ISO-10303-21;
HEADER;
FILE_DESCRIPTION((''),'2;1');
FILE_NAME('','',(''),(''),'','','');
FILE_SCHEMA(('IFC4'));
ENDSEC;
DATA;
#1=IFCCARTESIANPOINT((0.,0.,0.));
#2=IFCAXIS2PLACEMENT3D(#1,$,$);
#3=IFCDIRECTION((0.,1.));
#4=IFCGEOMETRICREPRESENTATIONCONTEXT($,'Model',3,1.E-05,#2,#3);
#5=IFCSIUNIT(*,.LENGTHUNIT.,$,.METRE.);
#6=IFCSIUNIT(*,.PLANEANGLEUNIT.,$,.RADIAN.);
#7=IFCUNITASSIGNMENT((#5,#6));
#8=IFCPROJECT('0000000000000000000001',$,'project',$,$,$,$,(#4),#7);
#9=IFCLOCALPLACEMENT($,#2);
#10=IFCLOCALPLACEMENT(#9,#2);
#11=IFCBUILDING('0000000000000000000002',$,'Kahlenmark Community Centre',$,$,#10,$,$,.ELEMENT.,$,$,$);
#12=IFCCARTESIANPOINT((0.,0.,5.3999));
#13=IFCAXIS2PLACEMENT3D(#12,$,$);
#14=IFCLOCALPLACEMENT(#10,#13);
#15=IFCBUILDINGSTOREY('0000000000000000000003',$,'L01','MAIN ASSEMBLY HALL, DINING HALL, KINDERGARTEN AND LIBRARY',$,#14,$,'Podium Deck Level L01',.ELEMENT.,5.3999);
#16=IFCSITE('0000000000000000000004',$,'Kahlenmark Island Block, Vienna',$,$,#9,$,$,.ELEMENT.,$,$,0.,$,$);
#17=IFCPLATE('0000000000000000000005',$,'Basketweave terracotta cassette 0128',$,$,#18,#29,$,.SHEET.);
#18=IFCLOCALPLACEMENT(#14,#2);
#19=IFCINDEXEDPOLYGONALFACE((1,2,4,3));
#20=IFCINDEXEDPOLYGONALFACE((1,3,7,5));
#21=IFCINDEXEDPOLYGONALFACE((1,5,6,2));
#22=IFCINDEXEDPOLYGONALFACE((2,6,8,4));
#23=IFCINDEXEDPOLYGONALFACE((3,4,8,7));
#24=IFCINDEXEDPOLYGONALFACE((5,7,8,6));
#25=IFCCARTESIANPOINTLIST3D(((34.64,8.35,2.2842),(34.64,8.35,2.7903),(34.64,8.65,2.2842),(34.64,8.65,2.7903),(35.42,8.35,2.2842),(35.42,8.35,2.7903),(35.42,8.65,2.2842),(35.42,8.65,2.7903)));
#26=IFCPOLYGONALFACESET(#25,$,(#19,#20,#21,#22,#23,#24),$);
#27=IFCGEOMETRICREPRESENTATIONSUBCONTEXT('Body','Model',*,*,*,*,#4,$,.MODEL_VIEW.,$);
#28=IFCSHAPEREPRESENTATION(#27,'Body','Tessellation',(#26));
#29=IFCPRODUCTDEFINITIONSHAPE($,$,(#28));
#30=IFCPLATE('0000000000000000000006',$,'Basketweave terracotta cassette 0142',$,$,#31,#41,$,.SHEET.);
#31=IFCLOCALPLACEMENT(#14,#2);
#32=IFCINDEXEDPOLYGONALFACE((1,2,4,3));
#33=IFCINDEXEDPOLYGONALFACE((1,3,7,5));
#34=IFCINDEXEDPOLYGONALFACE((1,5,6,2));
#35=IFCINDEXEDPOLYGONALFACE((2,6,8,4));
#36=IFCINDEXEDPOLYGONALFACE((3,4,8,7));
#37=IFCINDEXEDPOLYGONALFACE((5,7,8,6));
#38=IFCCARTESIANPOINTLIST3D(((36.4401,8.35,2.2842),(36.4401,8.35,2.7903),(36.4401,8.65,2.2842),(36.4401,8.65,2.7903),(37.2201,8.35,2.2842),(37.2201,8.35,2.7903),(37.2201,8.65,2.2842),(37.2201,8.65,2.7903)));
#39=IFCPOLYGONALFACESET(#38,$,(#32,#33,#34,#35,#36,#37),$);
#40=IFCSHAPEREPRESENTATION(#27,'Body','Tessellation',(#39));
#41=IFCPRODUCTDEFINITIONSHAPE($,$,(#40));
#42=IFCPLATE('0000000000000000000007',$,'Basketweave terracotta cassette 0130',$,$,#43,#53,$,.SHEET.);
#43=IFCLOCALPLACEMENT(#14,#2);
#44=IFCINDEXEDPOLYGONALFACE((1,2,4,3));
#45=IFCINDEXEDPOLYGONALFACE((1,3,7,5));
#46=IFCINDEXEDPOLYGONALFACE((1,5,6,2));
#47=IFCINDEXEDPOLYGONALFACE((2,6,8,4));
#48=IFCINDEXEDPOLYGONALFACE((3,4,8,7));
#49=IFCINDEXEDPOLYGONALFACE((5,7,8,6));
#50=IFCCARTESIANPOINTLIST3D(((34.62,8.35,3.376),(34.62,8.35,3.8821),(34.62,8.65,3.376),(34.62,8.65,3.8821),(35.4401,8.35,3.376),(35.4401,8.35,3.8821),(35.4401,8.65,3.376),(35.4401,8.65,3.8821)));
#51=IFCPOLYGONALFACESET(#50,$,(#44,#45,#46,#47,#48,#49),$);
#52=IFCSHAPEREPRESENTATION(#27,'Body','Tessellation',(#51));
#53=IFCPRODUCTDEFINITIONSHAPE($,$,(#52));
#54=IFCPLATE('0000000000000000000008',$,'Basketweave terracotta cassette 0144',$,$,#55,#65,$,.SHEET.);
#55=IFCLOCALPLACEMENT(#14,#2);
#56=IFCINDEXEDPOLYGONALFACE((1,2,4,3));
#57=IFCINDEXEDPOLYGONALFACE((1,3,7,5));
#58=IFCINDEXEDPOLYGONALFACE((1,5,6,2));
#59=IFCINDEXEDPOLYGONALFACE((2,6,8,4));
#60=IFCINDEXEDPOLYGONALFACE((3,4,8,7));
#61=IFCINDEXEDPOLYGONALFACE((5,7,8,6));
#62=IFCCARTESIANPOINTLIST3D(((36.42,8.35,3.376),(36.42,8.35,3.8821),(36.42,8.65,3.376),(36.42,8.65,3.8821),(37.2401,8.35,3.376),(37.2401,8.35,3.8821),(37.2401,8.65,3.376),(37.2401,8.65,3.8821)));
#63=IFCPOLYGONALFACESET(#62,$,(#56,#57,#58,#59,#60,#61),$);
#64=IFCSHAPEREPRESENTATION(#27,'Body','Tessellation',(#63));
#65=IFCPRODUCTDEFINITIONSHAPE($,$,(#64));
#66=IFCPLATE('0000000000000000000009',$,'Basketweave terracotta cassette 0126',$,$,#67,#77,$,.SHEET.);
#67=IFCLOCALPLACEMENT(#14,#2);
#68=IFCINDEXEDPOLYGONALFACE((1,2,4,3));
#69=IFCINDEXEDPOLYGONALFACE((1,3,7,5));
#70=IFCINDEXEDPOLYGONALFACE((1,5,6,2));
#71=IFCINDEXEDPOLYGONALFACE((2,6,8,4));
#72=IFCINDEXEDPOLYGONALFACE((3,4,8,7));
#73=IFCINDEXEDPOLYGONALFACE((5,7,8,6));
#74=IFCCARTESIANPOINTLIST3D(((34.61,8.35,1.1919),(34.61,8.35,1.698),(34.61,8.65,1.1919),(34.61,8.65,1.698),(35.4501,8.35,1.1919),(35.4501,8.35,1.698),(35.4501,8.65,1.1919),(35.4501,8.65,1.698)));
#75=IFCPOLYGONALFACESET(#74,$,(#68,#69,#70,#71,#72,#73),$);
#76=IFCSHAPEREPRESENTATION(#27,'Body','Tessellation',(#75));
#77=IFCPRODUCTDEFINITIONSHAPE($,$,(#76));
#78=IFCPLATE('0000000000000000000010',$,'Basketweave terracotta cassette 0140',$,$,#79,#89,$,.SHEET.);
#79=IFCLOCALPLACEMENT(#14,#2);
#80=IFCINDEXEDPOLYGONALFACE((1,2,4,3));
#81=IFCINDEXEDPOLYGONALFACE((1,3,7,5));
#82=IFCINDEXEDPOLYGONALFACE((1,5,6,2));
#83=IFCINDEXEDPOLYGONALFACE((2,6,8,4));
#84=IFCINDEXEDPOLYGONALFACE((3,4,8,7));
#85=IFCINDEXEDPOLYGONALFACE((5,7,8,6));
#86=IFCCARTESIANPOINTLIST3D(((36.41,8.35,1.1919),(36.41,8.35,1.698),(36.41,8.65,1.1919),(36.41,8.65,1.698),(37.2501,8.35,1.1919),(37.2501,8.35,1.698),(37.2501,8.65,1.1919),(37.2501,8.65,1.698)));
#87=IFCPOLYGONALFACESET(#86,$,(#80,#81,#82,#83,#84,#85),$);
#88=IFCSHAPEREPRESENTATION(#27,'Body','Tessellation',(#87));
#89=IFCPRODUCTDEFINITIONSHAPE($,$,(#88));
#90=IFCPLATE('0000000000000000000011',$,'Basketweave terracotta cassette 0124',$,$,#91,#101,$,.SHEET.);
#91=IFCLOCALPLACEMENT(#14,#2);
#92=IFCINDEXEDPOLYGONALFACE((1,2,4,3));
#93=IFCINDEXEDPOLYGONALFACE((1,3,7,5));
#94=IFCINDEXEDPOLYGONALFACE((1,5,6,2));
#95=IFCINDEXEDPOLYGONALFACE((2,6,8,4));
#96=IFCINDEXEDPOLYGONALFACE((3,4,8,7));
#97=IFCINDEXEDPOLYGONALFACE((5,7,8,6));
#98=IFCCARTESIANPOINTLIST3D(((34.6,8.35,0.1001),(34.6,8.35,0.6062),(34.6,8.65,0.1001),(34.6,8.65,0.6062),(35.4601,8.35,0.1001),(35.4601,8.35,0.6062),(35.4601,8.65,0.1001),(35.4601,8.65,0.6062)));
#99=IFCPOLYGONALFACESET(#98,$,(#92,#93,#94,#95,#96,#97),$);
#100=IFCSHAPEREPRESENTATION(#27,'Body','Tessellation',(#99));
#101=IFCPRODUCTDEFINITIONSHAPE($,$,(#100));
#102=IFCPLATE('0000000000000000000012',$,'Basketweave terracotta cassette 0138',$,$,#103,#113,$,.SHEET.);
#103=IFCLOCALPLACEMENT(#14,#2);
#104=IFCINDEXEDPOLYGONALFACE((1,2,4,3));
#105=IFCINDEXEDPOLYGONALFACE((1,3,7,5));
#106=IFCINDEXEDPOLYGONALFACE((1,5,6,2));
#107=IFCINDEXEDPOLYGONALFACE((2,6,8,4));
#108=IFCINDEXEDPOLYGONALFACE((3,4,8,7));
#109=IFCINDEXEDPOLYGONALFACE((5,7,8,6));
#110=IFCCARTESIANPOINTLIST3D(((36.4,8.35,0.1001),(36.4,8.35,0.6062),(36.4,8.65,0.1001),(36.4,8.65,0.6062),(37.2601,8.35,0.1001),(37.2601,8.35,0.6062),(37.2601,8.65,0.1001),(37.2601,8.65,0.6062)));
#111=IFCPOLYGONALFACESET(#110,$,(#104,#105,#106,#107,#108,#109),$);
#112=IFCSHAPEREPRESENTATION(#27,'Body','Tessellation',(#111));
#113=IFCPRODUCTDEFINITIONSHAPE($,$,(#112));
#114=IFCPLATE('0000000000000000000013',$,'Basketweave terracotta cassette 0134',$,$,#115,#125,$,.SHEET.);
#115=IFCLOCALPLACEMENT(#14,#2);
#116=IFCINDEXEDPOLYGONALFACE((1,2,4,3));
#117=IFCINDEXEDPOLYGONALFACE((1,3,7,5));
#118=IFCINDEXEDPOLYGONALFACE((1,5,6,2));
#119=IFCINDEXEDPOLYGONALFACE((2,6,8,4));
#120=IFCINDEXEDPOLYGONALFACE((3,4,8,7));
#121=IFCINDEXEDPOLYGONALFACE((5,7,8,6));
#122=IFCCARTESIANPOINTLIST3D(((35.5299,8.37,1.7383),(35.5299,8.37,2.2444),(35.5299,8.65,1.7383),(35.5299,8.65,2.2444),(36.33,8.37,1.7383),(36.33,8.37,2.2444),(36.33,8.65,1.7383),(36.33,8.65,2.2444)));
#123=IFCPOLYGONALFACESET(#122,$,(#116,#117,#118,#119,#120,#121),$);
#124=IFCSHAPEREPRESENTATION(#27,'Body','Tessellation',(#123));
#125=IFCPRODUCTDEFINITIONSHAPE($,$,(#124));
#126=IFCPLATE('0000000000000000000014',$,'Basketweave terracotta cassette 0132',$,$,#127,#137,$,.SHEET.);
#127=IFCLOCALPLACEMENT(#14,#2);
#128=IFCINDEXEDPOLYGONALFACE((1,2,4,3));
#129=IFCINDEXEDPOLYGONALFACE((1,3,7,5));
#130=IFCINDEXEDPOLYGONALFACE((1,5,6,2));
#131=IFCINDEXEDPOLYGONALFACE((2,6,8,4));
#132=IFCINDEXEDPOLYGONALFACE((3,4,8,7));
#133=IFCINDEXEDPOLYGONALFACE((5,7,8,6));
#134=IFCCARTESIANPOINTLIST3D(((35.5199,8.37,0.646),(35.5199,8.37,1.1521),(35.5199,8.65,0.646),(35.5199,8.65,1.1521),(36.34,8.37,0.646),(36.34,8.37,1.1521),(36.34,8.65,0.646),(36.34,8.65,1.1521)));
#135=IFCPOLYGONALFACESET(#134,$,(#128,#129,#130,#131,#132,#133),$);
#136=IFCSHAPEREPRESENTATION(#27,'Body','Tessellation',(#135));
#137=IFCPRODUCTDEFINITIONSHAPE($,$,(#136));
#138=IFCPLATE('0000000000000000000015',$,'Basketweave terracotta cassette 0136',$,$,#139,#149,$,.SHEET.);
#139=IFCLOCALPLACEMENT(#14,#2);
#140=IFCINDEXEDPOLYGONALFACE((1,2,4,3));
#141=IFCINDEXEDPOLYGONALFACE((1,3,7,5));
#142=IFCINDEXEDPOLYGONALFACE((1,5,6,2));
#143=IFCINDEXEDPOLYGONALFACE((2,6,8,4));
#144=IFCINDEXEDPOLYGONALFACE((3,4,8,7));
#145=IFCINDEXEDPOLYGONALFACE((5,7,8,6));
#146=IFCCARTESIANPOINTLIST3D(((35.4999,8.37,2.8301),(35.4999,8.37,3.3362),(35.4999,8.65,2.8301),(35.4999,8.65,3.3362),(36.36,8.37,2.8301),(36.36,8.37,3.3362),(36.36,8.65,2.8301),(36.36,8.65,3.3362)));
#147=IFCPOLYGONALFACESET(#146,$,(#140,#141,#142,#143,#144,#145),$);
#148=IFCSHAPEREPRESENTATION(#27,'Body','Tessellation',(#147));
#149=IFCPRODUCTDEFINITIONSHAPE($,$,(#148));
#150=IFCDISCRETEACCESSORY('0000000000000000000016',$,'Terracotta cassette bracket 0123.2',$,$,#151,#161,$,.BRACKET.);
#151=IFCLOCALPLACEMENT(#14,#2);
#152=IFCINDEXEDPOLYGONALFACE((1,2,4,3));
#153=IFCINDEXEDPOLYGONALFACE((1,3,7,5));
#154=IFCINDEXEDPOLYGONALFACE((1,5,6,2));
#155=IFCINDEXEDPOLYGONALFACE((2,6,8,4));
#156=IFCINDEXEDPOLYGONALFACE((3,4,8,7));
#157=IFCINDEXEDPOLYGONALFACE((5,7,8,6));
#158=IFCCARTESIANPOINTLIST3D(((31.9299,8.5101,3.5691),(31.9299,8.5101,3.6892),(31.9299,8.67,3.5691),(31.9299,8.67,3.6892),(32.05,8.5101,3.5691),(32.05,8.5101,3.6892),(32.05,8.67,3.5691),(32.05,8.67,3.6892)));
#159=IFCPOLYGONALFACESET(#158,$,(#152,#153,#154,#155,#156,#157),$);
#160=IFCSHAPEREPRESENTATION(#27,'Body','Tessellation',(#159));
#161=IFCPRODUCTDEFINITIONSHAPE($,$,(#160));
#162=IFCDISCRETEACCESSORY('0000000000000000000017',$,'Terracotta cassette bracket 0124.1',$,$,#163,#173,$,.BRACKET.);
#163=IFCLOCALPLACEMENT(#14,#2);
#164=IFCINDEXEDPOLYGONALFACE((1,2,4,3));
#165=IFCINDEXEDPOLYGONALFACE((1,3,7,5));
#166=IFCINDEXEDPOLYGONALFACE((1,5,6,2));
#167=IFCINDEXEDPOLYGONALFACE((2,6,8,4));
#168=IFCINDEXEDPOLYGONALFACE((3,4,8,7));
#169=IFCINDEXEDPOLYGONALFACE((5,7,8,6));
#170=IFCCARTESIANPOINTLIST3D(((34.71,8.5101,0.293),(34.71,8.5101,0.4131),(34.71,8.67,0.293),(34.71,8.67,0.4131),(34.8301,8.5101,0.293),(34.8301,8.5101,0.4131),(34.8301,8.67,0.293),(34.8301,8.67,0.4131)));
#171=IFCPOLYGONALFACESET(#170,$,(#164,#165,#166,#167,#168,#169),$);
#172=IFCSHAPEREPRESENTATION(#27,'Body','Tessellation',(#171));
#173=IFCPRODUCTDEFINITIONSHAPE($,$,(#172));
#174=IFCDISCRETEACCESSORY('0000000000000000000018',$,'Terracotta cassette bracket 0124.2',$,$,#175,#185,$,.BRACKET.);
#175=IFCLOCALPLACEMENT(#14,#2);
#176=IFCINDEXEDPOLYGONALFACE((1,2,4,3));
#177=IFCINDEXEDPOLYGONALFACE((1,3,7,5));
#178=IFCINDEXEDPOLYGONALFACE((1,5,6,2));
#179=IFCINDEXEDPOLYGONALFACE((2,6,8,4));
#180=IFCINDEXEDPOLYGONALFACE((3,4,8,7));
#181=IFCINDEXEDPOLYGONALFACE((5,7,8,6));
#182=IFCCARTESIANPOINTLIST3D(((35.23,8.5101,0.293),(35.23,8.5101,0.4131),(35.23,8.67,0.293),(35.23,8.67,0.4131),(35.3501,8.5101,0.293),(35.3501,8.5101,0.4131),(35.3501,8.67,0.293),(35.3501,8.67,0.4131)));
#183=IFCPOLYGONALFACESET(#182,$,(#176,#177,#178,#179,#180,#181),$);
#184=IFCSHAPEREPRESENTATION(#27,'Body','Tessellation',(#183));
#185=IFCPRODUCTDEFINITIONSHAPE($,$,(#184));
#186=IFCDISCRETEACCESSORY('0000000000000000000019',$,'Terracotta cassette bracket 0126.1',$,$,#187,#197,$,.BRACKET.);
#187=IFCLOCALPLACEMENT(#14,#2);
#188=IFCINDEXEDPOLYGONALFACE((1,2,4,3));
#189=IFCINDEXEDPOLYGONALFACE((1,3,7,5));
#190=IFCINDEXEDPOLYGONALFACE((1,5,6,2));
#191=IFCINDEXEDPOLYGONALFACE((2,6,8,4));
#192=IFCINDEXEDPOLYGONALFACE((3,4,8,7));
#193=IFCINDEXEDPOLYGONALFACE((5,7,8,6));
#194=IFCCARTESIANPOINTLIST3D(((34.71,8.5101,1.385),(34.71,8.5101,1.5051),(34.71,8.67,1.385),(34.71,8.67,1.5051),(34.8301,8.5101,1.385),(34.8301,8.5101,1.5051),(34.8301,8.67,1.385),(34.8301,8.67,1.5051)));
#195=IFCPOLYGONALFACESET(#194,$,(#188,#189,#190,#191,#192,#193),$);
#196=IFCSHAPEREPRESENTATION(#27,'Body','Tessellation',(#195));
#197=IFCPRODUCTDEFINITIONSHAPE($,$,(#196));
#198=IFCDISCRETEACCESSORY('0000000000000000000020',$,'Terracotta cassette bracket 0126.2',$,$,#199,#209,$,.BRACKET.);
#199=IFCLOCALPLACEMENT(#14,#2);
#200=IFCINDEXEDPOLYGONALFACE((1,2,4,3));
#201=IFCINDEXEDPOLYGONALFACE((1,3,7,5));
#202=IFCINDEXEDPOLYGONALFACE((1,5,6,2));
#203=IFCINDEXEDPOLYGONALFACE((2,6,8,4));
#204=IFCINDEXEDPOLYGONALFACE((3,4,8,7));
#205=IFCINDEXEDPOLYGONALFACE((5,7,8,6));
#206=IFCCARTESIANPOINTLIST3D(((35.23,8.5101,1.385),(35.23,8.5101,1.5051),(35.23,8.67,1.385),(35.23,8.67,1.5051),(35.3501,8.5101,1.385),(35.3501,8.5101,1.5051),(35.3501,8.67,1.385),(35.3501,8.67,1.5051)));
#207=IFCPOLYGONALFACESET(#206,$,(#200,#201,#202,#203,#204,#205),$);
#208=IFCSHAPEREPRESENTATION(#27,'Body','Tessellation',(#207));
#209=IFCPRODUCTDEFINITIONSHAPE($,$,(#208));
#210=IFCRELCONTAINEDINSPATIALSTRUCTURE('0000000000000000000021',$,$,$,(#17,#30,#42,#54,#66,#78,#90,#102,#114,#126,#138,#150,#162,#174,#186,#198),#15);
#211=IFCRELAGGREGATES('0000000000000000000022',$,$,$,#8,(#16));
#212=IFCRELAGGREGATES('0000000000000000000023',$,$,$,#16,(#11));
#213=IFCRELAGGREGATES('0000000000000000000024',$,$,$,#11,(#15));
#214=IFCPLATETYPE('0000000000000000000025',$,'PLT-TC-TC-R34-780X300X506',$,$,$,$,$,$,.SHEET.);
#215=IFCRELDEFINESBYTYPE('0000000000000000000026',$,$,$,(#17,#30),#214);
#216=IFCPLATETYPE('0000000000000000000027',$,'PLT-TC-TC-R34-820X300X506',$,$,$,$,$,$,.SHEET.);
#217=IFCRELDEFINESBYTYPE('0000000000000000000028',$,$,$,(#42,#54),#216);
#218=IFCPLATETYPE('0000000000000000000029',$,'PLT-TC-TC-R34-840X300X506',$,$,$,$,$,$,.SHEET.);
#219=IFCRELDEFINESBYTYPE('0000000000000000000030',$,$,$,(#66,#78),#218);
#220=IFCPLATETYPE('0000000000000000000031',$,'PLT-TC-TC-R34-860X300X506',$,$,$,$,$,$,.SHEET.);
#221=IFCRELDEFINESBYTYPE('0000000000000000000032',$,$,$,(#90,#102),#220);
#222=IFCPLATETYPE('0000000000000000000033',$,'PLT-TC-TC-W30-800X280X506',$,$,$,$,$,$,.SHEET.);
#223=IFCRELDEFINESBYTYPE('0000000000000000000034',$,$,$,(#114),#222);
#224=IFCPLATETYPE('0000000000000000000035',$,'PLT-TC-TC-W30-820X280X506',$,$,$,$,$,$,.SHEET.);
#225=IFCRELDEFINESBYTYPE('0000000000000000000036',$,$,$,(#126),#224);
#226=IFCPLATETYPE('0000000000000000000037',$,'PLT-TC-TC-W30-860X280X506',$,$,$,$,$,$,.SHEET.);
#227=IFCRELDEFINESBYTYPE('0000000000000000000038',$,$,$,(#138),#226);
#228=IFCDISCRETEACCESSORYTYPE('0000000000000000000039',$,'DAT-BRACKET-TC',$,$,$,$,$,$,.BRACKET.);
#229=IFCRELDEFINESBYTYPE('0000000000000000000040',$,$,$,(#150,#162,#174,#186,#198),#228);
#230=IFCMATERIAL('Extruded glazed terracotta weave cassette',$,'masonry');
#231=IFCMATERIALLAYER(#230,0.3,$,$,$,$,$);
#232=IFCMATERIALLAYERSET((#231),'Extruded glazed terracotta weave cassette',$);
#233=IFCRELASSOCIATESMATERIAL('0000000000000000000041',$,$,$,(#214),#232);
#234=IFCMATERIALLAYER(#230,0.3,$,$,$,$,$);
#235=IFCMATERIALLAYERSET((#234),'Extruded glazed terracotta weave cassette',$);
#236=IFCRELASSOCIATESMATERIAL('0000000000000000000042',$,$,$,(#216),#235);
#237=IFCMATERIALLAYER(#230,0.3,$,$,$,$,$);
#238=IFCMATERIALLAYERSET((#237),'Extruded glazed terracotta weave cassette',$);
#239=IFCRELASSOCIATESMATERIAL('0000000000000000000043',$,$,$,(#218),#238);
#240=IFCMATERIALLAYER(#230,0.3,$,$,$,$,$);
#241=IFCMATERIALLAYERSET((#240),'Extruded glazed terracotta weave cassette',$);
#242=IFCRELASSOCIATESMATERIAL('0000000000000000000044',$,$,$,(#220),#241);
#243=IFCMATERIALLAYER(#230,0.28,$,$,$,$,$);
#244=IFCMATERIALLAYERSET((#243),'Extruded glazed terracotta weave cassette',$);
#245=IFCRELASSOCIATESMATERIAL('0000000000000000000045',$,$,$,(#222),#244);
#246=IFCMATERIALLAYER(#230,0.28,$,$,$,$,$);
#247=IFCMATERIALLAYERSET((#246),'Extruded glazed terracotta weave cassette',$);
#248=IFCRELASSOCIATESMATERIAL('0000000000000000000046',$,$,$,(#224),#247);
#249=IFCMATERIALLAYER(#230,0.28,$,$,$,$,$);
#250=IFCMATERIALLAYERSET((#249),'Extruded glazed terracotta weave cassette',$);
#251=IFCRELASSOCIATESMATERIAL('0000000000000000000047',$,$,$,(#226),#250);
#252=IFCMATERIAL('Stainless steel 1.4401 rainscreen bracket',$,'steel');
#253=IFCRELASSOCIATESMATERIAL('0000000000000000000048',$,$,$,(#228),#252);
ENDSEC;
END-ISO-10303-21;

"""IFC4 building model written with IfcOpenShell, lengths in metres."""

from ifc_helpers import new_model, si_unit, direction, frame, origin, origin_2d, place, context, subcontext, project, spatial, rectangle, extrude, material, layer, layer_set, type_object, element, save


model = new_model("IFC4")

# Units and contexts
model_context = context("Model", 3, precision=1e-05, world=origin(), true_north=direction((0.0, 1.0)))
body_context = subcontext(model_context, "Body", "Model", "MODEL_VIEW")
ifc_project = project(units=[si_unit("LENGTHUNIT", "METRE"), si_unit("PLANEANGLEUNIT", "RADIAN")], contexts=[model_context])

# Site, building, storey
site_placement = place(None, origin())
site = spatial("IfcSite", under=ifc_project, at=site_placement, Name="Kahlenmark Island Block, Vienna", CompositionType="ELEMENT", RefElevation=0.0)
building_placement = place(site_placement, origin())
building = spatial("IfcBuilding", under=site, at=building_placement, Name="Kahlenmark Community Centre", CompositionType="ELEMENT")
storey_placement = place(building_placement, frame((0.0, 0.0, 5.3999)))
storey = spatial("IfcBuildingStorey", under=building, at=storey_placement, Name="L01", Description="MAIN ASSEMBLY HALL, DINING HALL, KINDERGARTEN AND LIBRARY", LongName="Podium Deck Level L01", CompositionType="ELEMENT", Elevation=5.3999)

# Plates
ifc_material_1 = material(Name="Extruded glazed terracotta weave cassette", Category="masonry")
ifc_layer_1 = layer(ifc_material_1, 0.3)
ifc_layer_set_1 = layer_set([ifc_layer_1], Name="Extruded glazed terracotta weave cassette")
plate_type_1 = type_object("IfcPlateType", Name="PLT-TC-TC-R34-780X300X506", PredefinedType="SHEET", material=ifc_layer_set_1)
for number, where, z_axis, x_axis, name in (
    (1, (35.03, 8.5, 2.2842), (0.0, 0.0, 1.0), (1.0, 0.0, 0.0), "Basketweave terracotta cassette 0128"),
    (2, (36.8301, 8.5, 2.2842), (0.0, 0.0, 1.0), (1.0, 0.0, 0.0), "Basketweave terracotta cassette 0142"),
):
    element("IfcPlate", number, at=place(storey_placement, frame(where, z_axis=z_axis, x_axis=x_axis)), inside=storey, type_object=plate_type_1, Name=name, PredefinedType="SHEET", context=body_context, shape_type="SweptSolid", body=[
        extrude(rectangle(XDim=0.78, YDim=0.3, at=origin_2d()), origin(), (0.0, 0.0, 1.0), 0.5061),
    ])
ifc_layer_2 = layer(ifc_material_1, 0.3)
ifc_layer_set_2 = layer_set([ifc_layer_2], Name="Extruded glazed terracotta weave cassette")
plate_type_2 = type_object("IfcPlateType", Name="PLT-TC-TC-R34-820X300X506", PredefinedType="SHEET", material=ifc_layer_set_2)
for number, where, z_axis, x_axis, name in (
    (3, (35.03, 8.5, 3.376), (0.0, 0.0, 1.0), (1.0, 0.0, 0.0), "Basketweave terracotta cassette 0130"),
    (4, (36.8301, 8.5, 3.376), (0.0, 0.0, 1.0), (1.0, 0.0, 0.0), "Basketweave terracotta cassette 0144"),
):
    element("IfcPlate", number, at=place(storey_placement, frame(where, z_axis=z_axis, x_axis=x_axis)), inside=storey, type_object=plate_type_2, Name=name, PredefinedType="SHEET", context=body_context, shape_type="SweptSolid", body=[
        extrude(rectangle(XDim=0.8201, YDim=0.3, at=origin_2d()), origin(), (0.0, 0.0, 1.0), 0.5061),
    ])
ifc_layer_3 = layer(ifc_material_1, 0.3)
ifc_layer_set_3 = layer_set([ifc_layer_3], Name="Extruded glazed terracotta weave cassette")
plate_type_3 = type_object("IfcPlateType", Name="PLT-TC-TC-R34-840X300X506", PredefinedType="SHEET", material=ifc_layer_set_3)
for number, where, z_axis, x_axis, name in (
    (5, (35.03, 8.5, 1.1919), (0.0, 0.0, 1.0), (1.0, 0.0, 0.0), "Basketweave terracotta cassette 0126"),
    (6, (36.8301, 8.5, 1.1919), (0.0, 0.0, 1.0), (1.0, 0.0, 0.0), "Basketweave terracotta cassette 0140"),
):
    element("IfcPlate", number, at=place(storey_placement, frame(where, z_axis=z_axis, x_axis=x_axis)), inside=storey, type_object=plate_type_3, Name=name, PredefinedType="SHEET", context=body_context, shape_type="SweptSolid", body=[
        extrude(rectangle(XDim=0.8401, YDim=0.3, at=origin_2d()), origin(), (0.0, 0.0, 1.0), 0.5061),
    ])
ifc_layer_4 = layer(ifc_material_1, 0.3)
ifc_layer_set_4 = layer_set([ifc_layer_4], Name="Extruded glazed terracotta weave cassette")
plate_type_4 = type_object("IfcPlateType", Name="PLT-TC-TC-R34-860X300X506", PredefinedType="SHEET", material=ifc_layer_set_4)
for number, where, z_axis, x_axis, name in (
    (7, (35.03, 8.5, 0.1001), (0.0, 0.0, 1.0), (1.0, 0.0, 0.0), "Basketweave terracotta cassette 0124"),
    (8, (36.8301, 8.5, 0.1001), (0.0, 0.0, 1.0), (1.0, 0.0, 0.0), "Basketweave terracotta cassette 0138"),
):
    element("IfcPlate", number, at=place(storey_placement, frame(where, z_axis=z_axis, x_axis=x_axis)), inside=storey, type_object=plate_type_4, Name=name, PredefinedType="SHEET", context=body_context, shape_type="SweptSolid", body=[
        extrude(rectangle(XDim=0.8601, YDim=0.3, at=origin_2d()), origin(), (0.0, 0.0, 1.0), 0.5061),
    ])
ifc_layer_5 = layer(ifc_material_1, 0.28)
ifc_layer_set_5 = layer_set([ifc_layer_5], Name="Extruded glazed terracotta weave cassette")
plate_type_5 = type_object("IfcPlateType", Name="PLT-TC-TC-W30-800X280X506", PredefinedType="SHEET", material=ifc_layer_set_5)
plate_1_placement = place(storey_placement, frame((35.9299, 8.51, 1.7383), z_axis=(0.0, 0.0, 1.0), x_axis=(1.0, 0.0, 0.0)))
element("IfcPlate", 9, at=plate_1_placement, inside=storey, type_object=plate_type_5, Name="Basketweave terracotta cassette 0134", PredefinedType="SHEET", context=body_context, shape_type="SweptSolid", body=[
    extrude(rectangle(XDim=0.8, YDim=0.28, at=origin_2d()), origin(), (0.0, 0.0, 1.0), 0.5061),
])
ifc_layer_6 = layer(ifc_material_1, 0.28)
ifc_layer_set_6 = layer_set([ifc_layer_6], Name="Extruded glazed terracotta weave cassette")
plate_type_6 = type_object("IfcPlateType", Name="PLT-TC-TC-W30-820X280X506", PredefinedType="SHEET", material=ifc_layer_set_6)
plate_2_placement = place(storey_placement, frame((35.9299, 8.51, 0.646), z_axis=(0.0, 0.0, 1.0), x_axis=(1.0, 0.0, 0.0)))
element("IfcPlate", 10, at=plate_2_placement, inside=storey, type_object=plate_type_6, Name="Basketweave terracotta cassette 0132", PredefinedType="SHEET", context=body_context, shape_type="SweptSolid", body=[
    extrude(rectangle(XDim=0.8201, YDim=0.28, at=origin_2d()), origin(), (0.0, 0.0, 1.0), 0.5061),
])
ifc_layer_7 = layer(ifc_material_1, 0.28)
ifc_layer_set_7 = layer_set([ifc_layer_7], Name="Extruded glazed terracotta weave cassette")
plate_type_7 = type_object("IfcPlateType", Name="PLT-TC-TC-W30-860X280X506", PredefinedType="SHEET", material=ifc_layer_set_7)
plate_3_placement = place(storey_placement, frame((35.9299, 8.51, 2.8301), z_axis=(0.0, 0.0, 1.0), x_axis=(1.0, 0.0, 0.0)))
element("IfcPlate", 11, at=plate_3_placement, inside=storey, type_object=plate_type_7, Name="Basketweave terracotta cassette 0136", PredefinedType="SHEET", context=body_context, shape_type="SweptSolid", body=[
    extrude(rectangle(XDim=0.8601, YDim=0.28, at=origin_2d()), origin(), (0.0, 0.0, 1.0), 0.5061),
])

# Discrete accessories
ifc_material_2 = material(Name="Stainless steel 1.4401 rainscreen bracket", Category="steel")
discrete_accessory_type = type_object("IfcDiscreteAccessoryType", Name="DAT-BRACKET-TC", PredefinedType="BRACKET", material=ifc_material_2)
for number, where, z_axis, x_axis, name in (
    (12, (31.99, 8.5901, 3.5691), (0.0, 0.0, 1.0), (1.0, 0.0, 0.0), "Terracotta cassette bracket 0123.2"),
    (13, (34.77, 8.5901, 0.293), (0.0, 0.0, 1.0), (1.0, 0.0, 0.0), "Terracotta cassette bracket 0124.1"),
    (14, (35.29, 8.5901, 0.293), (0.0, 0.0, 1.0), (1.0, 0.0, 0.0), "Terracotta cassette bracket 0124.2"),
    (15, (34.77, 8.5901, 1.385), (0.0, 0.0, 1.0), (1.0, 0.0, 0.0), "Terracotta cassette bracket 0126.1"),
    (16, (35.29, 8.5901, 1.385), (0.0, 0.0, 1.0), (1.0, 0.0, 0.0), "Terracotta cassette bracket 0126.2"),
):
    element("IfcDiscreteAccessory", number, at=place(storey_placement, frame(where, z_axis=z_axis, x_axis=x_axis)), inside=storey, type_object=discrete_accessory_type, Name=name, PredefinedType="BRACKET", context=body_context, shape_type="SweptSolid", body=[
        extrude(rectangle(XDim=0.1201, YDim=0.1599, at=origin_2d()), origin(), (0.0, 0.0, 1.0), 0.1201),
    ])

save(model, "model.ifc")
